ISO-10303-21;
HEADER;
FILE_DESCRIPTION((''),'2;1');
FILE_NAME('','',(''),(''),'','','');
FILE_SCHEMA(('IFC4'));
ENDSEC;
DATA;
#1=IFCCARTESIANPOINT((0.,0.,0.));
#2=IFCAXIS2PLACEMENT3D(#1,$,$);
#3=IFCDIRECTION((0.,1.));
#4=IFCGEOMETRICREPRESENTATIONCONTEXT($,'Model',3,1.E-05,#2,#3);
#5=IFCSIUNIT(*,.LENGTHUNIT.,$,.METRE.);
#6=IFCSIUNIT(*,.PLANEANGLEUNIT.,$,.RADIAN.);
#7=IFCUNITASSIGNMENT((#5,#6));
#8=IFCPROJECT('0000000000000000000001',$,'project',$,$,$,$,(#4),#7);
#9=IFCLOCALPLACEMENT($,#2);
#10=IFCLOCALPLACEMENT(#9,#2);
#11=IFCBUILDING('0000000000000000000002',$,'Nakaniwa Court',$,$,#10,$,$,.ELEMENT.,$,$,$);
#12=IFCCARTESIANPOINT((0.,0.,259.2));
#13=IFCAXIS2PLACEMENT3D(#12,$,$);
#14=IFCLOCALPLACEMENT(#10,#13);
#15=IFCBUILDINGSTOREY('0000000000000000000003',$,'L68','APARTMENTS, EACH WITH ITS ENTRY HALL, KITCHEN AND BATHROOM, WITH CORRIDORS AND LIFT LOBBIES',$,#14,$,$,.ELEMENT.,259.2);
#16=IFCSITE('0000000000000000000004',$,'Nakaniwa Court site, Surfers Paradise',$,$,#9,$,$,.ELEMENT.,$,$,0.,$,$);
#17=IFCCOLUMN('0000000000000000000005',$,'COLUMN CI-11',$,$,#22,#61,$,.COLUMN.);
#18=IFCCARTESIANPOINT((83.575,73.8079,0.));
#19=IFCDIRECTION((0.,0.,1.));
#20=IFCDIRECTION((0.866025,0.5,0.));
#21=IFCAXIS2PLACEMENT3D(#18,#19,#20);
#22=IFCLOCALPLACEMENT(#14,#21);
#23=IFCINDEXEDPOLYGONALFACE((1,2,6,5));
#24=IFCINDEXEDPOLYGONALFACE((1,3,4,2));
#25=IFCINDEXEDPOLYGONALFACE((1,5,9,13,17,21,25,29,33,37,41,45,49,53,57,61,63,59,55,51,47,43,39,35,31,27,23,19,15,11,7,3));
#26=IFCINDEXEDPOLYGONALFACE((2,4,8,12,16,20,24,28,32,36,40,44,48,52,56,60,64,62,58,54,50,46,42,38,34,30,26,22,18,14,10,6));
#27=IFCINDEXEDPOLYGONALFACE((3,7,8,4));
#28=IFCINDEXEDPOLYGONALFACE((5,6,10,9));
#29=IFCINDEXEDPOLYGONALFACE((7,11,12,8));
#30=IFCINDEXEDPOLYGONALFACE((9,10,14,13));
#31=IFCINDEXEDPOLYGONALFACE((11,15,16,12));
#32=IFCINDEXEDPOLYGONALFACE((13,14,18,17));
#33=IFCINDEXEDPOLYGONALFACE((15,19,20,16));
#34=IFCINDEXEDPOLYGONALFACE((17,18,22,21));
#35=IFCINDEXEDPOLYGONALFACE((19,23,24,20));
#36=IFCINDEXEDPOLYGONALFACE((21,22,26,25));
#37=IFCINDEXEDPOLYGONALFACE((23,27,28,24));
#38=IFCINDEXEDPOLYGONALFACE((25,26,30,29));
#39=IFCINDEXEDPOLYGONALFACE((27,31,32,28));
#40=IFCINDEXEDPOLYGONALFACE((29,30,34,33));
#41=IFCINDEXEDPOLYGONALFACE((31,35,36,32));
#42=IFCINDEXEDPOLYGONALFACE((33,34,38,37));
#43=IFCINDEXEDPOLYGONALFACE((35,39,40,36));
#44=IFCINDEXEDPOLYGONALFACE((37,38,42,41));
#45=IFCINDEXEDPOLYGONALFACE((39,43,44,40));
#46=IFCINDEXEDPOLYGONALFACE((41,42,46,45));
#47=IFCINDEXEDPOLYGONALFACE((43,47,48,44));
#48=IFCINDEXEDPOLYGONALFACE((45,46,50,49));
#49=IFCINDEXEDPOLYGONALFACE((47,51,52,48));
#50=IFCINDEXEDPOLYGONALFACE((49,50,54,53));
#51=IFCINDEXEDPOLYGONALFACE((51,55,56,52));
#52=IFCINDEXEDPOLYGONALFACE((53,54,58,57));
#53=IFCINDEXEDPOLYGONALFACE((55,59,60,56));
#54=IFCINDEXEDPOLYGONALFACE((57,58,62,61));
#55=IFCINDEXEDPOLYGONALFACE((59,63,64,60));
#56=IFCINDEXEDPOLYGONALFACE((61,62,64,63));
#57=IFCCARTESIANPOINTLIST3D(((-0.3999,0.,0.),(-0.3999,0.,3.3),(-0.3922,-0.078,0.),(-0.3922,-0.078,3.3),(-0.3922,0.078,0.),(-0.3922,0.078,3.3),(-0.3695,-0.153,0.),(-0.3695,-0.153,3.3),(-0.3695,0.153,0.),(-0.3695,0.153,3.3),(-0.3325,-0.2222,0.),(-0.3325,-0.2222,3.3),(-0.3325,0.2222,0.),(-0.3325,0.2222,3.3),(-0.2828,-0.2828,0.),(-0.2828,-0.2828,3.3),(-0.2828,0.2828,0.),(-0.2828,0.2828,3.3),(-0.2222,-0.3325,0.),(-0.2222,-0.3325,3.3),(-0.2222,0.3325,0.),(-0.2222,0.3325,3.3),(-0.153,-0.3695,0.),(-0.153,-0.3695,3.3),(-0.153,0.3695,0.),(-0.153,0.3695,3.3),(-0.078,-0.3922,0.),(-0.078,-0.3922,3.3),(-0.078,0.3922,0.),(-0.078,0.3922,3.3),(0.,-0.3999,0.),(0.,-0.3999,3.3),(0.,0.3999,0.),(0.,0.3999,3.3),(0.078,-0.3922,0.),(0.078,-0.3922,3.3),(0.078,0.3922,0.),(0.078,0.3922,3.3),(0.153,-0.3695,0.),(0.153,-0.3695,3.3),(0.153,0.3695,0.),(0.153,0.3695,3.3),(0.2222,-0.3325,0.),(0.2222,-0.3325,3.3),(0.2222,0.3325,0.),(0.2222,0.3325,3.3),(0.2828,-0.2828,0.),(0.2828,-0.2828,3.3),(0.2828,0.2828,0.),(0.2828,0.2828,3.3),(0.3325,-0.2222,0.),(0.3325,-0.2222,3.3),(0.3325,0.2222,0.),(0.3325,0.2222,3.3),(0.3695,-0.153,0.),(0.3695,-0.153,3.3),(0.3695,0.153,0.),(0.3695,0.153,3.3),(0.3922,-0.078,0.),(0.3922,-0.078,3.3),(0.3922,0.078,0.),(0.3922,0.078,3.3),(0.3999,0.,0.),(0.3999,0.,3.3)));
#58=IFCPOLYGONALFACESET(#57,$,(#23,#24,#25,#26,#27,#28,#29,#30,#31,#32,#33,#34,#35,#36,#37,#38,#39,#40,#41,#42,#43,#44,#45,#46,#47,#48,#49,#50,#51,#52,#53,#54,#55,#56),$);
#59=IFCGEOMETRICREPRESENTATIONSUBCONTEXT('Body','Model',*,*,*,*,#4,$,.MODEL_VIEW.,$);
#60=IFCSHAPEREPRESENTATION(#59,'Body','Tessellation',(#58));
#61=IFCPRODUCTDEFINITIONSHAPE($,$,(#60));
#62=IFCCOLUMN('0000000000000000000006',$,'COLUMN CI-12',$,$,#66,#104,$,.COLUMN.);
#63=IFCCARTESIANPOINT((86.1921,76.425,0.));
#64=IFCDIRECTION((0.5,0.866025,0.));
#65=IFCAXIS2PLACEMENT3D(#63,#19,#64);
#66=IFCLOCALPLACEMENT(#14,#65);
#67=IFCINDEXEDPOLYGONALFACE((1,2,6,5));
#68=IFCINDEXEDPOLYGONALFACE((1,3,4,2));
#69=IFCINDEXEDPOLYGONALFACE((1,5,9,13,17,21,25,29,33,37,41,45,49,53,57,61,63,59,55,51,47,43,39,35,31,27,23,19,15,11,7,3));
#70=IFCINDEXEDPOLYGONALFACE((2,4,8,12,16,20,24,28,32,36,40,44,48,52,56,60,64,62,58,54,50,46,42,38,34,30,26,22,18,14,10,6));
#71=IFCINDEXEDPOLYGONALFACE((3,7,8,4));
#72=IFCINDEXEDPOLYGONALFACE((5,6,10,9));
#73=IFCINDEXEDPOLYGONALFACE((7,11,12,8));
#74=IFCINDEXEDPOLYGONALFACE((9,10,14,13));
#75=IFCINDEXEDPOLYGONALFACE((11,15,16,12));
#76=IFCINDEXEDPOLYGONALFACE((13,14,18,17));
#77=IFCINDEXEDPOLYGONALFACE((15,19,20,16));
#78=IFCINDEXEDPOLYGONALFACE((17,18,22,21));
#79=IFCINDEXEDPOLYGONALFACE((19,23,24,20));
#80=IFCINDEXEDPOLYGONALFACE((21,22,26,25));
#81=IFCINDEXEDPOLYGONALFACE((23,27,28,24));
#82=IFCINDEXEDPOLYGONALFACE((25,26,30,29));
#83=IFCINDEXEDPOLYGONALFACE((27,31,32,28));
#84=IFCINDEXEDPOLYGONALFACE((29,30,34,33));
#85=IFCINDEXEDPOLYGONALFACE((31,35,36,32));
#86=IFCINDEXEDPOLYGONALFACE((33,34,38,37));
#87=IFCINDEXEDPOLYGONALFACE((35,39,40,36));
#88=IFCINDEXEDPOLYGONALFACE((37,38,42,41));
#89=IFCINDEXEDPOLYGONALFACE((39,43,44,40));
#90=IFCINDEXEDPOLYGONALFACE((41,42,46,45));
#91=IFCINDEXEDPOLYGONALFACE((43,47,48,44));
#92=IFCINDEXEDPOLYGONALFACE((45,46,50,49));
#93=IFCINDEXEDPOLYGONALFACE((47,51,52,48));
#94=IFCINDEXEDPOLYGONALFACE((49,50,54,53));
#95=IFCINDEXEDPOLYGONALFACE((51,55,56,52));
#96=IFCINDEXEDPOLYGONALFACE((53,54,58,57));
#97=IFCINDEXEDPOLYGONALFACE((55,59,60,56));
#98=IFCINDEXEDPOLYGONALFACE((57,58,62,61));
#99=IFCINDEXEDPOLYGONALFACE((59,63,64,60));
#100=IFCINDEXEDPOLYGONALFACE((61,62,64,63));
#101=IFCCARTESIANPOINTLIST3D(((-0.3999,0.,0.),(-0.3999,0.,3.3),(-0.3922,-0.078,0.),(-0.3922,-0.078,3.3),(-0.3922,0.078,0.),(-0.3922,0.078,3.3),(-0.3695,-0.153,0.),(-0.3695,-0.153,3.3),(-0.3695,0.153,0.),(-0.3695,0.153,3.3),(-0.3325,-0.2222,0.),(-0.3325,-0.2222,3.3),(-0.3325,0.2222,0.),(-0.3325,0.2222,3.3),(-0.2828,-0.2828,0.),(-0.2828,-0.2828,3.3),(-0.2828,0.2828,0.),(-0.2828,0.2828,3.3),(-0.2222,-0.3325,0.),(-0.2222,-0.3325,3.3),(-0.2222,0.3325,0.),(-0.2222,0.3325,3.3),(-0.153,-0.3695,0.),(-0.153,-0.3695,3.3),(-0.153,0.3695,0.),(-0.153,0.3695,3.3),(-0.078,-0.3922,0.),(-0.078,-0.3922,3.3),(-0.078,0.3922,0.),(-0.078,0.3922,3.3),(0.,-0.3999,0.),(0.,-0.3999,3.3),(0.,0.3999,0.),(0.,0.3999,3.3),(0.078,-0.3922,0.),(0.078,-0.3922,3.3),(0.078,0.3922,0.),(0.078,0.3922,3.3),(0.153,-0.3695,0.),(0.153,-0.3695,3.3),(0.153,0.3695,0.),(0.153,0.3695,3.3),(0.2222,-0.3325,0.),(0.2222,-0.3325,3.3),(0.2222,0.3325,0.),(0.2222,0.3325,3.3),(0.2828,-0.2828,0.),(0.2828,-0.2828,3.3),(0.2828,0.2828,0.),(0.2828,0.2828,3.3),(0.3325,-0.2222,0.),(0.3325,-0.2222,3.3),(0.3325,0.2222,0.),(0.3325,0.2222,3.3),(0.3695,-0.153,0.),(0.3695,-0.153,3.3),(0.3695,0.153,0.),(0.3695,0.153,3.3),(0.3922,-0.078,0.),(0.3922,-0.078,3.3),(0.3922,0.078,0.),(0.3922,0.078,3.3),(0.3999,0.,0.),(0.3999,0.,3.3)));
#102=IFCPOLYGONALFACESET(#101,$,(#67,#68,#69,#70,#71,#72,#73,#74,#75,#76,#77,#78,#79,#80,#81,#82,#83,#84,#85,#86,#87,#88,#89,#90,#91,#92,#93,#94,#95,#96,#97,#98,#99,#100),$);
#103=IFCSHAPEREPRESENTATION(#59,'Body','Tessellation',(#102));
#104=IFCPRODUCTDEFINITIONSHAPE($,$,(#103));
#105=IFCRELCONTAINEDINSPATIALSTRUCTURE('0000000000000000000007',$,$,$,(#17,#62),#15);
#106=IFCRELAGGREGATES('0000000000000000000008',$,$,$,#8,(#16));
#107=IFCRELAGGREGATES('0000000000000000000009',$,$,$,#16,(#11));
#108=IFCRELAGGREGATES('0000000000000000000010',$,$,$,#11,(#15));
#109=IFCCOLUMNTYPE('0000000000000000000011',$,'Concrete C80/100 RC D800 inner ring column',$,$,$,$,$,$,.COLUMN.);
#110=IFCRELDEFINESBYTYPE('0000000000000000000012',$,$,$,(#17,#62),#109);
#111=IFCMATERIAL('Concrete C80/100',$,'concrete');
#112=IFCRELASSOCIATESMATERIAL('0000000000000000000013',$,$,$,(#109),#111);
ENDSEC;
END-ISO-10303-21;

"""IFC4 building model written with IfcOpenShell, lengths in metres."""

from ifc_helpers import new_model, si_unit, direction, frame, origin, origin_2d, place, context, subcontext, project, spatial, circle, extrude, material, material_profile, profile_set, type_object, element, save


model = new_model("IFC4")

# Units and contexts
model_context = context("Model", 3, precision=1e-05, world=origin(), true_north=direction((0.0, 1.0)))
body_context = subcontext(model_context, "Body", "Model", "MODEL_VIEW")
ifc_project = project(units=[si_unit("LENGTHUNIT", "METRE"), si_unit("PLANEANGLEUNIT", "RADIAN")], contexts=[model_context])

# Site, building, storey
site_placement = place(None, origin())
site = spatial("IfcSite", under=ifc_project, at=site_placement, Name="Nakaniwa Court site, Surfers Paradise", CompositionType="ELEMENT", RefElevation=0.0)
building_placement = place(site_placement, origin())
building = spatial("IfcBuilding", under=site, at=building_placement, Name="Nakaniwa Court", CompositionType="ELEMENT")
storey_placement = place(building_placement, frame((0.0, 0.0, 259.2)))
storey = spatial("IfcBuildingStorey", under=building, at=storey_placement, Name="L68", Description="APARTMENTS, EACH WITH ITS ENTRY HALL, KITCHEN AND BATHROOM, WITH CORRIDORS AND LIFT LOBBIES", CompositionType="ELEMENT", Elevation=259.2)

# Columns
ifc_material_1 = material(Name="Concrete C80/100", Category="concrete")
ifc_material_profile_1 = material_profile(ifc_material_1, circle(Radius=0.3999, at=origin_2d()), Name="Concrete C80/100 RC D800 inner ring column")
ifc_profile_set_1 = profile_set([ifc_material_profile_1], Name="Concrete C80/100")
column_type = type_object("IfcColumnType", Name="Concrete C80/100 RC D800 inner ring column", PredefinedType="COLUMN", material=ifc_profile_set_1)
for number, where, z_axis, x_axis, name in (
    (1, (83.575, 73.8079, 0.0), (0.0, 0.0, 1.0), (0.866025, 0.5, 0.0), "COLUMN CI-11"),
    (2, (86.1921, 76.425, 0.0), (0.0, 0.0, 1.0), (0.5, 0.866025, 0.0), "COLUMN CI-12"),
):
    element("IfcColumn", number, at=place(storey_placement, frame(where, z_axis=z_axis, x_axis=x_axis)), inside=storey, type_object=column_type, Name=name, PredefinedType="COLUMN", context=body_context, shape_type="SweptSolid", body=[
        extrude(circle(Radius=0.3999, at=origin_2d()), origin(), (0.0, 0.0, 1.0), 3.3),
    ])

save(model, "model.ifc")
